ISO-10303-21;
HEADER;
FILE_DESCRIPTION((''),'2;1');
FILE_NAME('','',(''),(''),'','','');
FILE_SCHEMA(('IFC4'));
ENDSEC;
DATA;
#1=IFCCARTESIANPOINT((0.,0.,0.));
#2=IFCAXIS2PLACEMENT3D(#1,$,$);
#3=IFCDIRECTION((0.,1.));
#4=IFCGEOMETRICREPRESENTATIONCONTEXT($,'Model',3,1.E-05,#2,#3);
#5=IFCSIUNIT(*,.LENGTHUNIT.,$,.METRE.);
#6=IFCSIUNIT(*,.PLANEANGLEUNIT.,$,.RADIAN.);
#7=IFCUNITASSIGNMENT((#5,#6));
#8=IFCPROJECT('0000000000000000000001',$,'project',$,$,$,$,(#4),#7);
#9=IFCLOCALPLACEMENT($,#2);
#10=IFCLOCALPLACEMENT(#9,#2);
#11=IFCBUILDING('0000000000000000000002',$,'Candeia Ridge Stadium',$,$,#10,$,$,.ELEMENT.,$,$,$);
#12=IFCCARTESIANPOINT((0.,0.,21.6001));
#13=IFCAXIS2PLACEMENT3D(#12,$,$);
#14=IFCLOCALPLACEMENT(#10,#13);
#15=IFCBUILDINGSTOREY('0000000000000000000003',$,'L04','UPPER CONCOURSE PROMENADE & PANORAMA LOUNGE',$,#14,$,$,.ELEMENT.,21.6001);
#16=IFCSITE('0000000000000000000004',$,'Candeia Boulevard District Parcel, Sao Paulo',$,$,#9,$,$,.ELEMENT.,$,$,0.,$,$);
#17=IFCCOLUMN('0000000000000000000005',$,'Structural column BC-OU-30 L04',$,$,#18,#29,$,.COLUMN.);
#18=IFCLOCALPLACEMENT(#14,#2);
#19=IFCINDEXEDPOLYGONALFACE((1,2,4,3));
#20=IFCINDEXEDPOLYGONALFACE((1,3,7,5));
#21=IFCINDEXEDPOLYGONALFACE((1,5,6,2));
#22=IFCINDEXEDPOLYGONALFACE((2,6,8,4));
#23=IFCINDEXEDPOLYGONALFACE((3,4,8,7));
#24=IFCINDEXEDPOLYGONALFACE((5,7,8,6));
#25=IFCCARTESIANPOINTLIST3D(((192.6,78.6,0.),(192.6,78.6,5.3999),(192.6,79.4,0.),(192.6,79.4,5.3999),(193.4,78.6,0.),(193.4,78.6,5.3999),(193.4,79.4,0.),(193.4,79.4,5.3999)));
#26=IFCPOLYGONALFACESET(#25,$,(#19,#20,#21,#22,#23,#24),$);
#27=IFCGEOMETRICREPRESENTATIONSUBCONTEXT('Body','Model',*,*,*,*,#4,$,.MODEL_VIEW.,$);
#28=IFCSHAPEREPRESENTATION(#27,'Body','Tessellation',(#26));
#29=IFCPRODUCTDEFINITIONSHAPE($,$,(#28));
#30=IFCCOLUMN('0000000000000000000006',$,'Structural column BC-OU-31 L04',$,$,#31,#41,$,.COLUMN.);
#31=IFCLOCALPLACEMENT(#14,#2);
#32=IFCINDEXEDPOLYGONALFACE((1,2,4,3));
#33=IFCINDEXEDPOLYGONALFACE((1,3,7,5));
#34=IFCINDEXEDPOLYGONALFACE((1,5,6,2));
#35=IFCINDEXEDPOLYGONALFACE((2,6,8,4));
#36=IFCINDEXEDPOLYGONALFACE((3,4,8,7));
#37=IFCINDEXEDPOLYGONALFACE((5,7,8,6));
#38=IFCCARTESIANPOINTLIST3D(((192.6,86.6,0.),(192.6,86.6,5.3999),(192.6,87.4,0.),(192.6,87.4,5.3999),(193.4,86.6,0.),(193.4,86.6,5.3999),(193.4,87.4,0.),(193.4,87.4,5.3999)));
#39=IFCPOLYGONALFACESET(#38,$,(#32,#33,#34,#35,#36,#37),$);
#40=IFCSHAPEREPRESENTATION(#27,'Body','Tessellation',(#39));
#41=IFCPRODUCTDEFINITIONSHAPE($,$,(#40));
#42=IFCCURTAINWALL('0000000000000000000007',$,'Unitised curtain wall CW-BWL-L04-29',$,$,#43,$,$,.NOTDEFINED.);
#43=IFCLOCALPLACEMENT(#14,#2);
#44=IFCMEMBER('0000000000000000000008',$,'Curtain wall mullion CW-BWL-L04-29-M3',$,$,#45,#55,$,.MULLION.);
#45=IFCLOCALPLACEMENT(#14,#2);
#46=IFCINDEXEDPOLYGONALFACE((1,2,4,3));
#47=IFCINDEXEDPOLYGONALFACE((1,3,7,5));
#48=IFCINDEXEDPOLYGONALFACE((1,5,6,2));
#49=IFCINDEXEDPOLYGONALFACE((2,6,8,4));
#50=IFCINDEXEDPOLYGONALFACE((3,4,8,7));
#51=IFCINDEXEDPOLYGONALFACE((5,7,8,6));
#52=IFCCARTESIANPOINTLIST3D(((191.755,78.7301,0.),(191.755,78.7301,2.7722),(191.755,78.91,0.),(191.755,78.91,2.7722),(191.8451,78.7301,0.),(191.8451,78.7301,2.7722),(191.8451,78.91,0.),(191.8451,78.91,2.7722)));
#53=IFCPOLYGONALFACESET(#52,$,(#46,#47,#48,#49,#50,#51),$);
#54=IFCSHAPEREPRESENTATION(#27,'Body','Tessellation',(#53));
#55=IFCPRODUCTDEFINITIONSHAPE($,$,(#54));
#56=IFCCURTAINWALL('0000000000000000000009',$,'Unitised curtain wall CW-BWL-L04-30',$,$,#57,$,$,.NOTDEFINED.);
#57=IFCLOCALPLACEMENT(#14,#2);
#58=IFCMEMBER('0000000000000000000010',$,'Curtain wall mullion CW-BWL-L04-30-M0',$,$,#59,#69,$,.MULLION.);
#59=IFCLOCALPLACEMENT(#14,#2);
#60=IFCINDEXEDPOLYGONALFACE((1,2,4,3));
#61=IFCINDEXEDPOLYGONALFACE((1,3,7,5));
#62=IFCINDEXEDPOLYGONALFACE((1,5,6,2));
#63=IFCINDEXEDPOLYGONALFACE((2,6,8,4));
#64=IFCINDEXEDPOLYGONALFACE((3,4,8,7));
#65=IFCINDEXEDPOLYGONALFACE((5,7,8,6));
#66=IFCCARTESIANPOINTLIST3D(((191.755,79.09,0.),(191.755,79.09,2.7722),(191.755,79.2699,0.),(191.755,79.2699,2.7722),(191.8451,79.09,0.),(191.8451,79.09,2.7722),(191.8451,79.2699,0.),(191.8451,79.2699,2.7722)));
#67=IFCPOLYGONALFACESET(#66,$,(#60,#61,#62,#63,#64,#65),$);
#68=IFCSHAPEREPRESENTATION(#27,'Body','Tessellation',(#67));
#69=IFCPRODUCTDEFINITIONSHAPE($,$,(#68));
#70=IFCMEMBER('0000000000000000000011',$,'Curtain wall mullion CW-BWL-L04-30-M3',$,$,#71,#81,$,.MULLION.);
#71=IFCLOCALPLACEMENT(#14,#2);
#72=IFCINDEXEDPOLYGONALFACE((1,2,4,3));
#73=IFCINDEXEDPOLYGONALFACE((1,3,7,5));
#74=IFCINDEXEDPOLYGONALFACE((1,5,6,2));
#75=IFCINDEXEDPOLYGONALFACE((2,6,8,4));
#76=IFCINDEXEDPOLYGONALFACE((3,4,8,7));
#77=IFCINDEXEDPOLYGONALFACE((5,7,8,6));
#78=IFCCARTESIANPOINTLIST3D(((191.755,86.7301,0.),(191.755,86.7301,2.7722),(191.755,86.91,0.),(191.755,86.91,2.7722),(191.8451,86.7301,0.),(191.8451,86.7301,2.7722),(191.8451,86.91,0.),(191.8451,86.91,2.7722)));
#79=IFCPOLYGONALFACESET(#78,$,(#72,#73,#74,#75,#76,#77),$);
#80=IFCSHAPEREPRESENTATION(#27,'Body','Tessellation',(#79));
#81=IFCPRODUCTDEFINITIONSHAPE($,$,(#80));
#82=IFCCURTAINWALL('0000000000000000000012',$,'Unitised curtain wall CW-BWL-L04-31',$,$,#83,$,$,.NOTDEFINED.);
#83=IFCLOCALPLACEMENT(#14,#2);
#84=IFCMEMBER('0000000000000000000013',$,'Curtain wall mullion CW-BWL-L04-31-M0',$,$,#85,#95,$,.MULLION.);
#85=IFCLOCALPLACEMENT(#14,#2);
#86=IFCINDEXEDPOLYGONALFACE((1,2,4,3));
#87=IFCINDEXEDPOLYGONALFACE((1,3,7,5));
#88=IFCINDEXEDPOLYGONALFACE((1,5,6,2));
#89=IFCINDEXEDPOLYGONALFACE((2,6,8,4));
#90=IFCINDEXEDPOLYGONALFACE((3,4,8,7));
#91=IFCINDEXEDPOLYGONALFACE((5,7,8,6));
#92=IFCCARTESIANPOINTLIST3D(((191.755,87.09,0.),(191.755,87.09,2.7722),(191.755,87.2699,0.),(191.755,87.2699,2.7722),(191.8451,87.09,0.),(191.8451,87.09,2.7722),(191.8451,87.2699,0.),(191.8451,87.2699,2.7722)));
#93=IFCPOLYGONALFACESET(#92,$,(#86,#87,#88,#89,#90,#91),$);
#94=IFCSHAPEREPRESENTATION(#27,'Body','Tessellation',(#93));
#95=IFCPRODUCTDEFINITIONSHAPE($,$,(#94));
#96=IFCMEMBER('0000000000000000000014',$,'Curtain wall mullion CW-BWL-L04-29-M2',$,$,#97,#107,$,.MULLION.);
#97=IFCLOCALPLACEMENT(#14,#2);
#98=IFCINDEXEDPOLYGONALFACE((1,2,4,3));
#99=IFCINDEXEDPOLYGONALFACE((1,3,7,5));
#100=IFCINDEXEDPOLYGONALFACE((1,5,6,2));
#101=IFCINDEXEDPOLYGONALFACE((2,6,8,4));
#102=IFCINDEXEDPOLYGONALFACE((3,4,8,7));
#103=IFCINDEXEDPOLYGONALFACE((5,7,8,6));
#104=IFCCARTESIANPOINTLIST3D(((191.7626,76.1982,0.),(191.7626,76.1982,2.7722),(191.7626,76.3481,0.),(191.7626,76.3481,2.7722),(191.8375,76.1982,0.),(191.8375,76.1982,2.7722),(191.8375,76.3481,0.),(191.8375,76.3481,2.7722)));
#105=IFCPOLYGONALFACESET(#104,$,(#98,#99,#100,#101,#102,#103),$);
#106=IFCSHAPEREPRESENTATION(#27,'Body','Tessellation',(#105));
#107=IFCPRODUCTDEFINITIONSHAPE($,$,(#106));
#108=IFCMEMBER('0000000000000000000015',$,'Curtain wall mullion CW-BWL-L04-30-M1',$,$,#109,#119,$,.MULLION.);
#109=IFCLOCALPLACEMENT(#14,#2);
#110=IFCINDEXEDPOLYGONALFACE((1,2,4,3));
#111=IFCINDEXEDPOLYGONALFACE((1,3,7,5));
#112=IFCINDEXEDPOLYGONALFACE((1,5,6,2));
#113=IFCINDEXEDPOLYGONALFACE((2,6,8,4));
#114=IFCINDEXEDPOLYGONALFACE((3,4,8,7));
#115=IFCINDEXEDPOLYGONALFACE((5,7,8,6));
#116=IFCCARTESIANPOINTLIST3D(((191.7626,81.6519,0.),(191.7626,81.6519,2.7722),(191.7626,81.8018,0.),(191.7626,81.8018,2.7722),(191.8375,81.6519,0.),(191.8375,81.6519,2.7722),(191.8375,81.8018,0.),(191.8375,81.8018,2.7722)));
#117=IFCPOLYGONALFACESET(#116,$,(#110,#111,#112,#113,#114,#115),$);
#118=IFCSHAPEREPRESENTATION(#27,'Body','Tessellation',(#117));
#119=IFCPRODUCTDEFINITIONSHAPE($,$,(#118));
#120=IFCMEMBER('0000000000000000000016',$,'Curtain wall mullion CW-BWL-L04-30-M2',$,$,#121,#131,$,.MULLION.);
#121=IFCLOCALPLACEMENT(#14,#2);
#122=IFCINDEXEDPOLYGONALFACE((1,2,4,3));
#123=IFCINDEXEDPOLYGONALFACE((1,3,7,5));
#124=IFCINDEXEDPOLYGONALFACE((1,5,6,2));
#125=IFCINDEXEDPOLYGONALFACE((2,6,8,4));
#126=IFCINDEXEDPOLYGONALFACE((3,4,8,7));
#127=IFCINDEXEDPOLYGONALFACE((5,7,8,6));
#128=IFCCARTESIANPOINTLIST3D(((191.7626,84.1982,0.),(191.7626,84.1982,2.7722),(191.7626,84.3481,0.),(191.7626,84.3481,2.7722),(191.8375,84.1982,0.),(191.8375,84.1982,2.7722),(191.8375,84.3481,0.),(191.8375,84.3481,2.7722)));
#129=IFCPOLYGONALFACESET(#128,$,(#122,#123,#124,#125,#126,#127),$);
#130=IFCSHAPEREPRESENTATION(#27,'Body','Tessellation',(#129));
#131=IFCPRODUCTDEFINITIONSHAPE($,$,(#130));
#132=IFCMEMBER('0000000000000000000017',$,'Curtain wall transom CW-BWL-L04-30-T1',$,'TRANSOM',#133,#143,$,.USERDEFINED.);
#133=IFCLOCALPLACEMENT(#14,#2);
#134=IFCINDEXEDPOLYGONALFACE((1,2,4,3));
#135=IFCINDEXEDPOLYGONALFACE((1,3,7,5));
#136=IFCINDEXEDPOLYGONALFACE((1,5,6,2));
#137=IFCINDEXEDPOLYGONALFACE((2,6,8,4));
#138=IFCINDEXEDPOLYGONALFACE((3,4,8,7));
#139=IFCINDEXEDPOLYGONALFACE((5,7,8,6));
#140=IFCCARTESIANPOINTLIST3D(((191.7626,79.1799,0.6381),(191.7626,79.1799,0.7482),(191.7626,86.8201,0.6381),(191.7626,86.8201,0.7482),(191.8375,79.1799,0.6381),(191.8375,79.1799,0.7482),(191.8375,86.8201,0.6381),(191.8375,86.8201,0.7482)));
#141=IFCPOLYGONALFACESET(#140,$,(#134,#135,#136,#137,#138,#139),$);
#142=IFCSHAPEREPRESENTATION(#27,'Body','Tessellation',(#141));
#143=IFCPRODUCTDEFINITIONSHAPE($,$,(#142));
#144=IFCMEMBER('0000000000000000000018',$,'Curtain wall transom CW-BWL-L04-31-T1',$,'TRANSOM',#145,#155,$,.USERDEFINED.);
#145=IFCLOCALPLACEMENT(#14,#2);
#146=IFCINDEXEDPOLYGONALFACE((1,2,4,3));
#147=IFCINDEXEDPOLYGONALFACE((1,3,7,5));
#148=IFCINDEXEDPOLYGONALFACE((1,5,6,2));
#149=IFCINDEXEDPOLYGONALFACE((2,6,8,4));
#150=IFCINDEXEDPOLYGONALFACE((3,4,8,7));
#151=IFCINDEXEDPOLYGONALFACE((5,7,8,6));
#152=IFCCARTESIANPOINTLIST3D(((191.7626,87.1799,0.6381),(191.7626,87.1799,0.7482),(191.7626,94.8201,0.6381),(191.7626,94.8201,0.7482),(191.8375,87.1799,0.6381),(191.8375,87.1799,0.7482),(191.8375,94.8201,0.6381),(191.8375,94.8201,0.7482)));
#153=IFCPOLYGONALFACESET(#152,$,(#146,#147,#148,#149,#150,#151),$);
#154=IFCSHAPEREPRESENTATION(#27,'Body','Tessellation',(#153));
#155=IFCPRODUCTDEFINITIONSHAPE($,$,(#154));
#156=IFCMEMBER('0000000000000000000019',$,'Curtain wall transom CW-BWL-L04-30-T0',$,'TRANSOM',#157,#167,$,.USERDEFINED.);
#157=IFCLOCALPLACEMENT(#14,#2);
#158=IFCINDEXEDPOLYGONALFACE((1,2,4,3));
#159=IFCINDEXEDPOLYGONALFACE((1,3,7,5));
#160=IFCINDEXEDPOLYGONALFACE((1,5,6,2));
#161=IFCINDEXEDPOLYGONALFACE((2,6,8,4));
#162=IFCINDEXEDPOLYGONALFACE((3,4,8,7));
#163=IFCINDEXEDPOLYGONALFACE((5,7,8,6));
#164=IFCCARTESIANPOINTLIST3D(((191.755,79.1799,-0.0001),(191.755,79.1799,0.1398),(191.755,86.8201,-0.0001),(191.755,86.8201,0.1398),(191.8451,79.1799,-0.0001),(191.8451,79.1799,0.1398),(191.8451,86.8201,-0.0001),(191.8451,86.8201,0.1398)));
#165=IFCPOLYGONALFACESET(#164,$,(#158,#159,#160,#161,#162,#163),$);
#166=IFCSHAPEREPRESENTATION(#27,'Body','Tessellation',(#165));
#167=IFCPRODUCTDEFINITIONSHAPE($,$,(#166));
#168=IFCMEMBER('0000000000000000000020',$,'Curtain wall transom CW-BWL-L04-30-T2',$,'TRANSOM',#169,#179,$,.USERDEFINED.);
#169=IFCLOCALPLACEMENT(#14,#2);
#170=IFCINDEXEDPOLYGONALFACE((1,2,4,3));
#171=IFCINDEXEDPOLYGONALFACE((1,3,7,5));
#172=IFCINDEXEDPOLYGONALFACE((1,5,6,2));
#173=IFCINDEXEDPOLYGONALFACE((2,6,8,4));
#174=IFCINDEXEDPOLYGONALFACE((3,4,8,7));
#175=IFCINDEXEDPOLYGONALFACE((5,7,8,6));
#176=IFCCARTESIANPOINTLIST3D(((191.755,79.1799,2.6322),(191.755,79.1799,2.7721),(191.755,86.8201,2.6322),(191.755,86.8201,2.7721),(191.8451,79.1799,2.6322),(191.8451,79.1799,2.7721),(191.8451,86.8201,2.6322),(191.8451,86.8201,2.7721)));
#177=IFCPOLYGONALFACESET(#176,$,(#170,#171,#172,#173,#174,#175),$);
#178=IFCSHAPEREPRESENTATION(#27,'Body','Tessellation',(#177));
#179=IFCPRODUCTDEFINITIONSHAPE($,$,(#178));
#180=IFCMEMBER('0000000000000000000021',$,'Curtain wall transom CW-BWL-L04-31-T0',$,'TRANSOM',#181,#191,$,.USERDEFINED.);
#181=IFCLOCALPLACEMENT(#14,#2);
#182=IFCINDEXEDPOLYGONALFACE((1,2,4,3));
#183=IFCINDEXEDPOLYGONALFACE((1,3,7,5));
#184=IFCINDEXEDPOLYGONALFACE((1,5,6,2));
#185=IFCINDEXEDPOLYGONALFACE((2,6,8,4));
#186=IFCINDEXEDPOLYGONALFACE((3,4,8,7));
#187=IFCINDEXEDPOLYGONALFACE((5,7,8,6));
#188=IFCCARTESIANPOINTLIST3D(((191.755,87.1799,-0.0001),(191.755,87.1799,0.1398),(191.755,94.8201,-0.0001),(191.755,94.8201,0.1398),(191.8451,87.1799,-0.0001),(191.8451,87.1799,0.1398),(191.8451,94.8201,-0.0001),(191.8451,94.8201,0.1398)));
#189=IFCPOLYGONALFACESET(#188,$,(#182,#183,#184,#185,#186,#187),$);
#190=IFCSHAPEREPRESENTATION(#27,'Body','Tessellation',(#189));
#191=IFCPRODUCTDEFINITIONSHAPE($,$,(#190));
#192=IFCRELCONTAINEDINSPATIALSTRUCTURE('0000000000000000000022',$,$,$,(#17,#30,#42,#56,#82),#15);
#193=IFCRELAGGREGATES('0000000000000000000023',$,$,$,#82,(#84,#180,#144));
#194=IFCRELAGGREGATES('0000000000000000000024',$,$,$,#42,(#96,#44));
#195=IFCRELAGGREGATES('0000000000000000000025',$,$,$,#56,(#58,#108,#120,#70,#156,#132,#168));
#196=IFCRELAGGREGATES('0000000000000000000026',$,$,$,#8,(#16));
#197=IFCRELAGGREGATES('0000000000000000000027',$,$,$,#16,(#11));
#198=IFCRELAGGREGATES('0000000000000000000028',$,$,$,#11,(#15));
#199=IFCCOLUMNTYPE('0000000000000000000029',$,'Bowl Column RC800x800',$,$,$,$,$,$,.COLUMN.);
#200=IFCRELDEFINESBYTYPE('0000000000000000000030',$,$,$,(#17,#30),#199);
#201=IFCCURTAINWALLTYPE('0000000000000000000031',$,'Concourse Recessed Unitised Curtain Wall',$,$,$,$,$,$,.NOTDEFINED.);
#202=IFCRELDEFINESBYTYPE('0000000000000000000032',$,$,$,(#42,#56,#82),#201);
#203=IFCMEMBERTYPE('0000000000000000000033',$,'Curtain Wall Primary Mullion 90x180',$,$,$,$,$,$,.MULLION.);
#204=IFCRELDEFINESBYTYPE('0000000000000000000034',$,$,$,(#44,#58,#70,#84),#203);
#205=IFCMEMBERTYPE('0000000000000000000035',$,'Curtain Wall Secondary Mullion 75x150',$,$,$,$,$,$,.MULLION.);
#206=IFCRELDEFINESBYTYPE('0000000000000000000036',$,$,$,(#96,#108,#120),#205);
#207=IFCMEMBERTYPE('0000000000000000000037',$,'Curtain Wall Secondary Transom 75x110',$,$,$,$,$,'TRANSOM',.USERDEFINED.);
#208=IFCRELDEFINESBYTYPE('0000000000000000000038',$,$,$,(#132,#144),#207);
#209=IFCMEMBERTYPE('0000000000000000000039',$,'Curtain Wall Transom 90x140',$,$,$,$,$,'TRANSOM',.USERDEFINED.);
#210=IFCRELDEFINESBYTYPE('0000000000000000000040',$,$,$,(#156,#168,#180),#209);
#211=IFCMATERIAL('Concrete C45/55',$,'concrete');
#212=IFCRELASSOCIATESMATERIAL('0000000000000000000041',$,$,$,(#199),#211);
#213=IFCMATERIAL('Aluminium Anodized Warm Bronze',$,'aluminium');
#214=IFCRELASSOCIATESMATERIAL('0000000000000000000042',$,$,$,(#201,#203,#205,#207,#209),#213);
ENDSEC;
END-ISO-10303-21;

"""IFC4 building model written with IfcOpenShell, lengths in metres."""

from ifc_helpers import new_model, si_unit, direction, frame, origin, origin_2d, place, context, subcontext, project, spatial, rectangle, extrude, material, material_profile, profile_set, type_object, element, aggregate, save


model = new_model("IFC4")

# Units and contexts
model_context = context("Model", 3, precision=1e-05, world=origin(), true_north=direction((0.0, 1.0)))
body_context = subcontext(model_context, "Body", "Model", "MODEL_VIEW")
ifc_project = project(units=[si_unit("LENGTHUNIT", "METRE"), si_unit("PLANEANGLEUNIT", "RADIAN")], contexts=[model_context])

# Site, building, storey
site_placement = place(None, origin())
site = spatial("IfcSite", under=ifc_project, at=site_placement, Name="Candeia Boulevard District Parcel, Sao Paulo", CompositionType="ELEMENT", RefElevation=0.0)
building_placement = place(site_placement, origin())
building = spatial("IfcBuilding", under=site, at=building_placement, Name="Candeia Ridge Stadium", CompositionType="ELEMENT")
storey_placement = place(building_placement, frame((0.0, 0.0, 21.6001)))
storey = spatial("IfcBuildingStorey", under=building, at=storey_placement, Name="L04", Description="UPPER CONCOURSE PROMENADE & PANORAMA LOUNGE", CompositionType="ELEMENT", Elevation=21.6001)

# Columns
ifc_material_1 = material(Name="Concrete C45/55", Category="concrete")
ifc_material_profile_1 = material_profile(ifc_material_1, rectangle(XDim=0.8, YDim=0.8, at=origin_2d()), Name="RC800x800", Category="concrete")
ifc_profile_set_1 = profile_set([ifc_material_profile_1], Name="Concrete C45/55")
column_type = type_object("IfcColumnType", Name="Bowl Column RC800x800", PredefinedType="COLUMN", material=ifc_profile_set_1)
for number, where, z_axis, x_axis, name in (
    (1, (193.0, 79.0, 0.0), (0.0, 0.0, 1.0), (1.0, 0.0, 0.0), "Structural column BC-OU-30 L04"),
    (2, (193.0, 87.0, 0.0), (0.0, 0.0, 1.0), (1.0, 0.0, 0.0), "Structural column BC-OU-31 L04"),
):
    element("IfcColumn", number, at=place(storey_placement, frame(where, z_axis=z_axis, x_axis=x_axis)), inside=storey, type_object=column_type, Name=name, PredefinedType="COLUMN", context=body_context, shape_type="SweptSolid", body=[
        extrude(rectangle(XDim=0.8, YDim=0.8, at=origin_2d()), origin(), (0.0, 0.0, 1.0), 5.3999),
    ])

# Curtain wall, member
ifc_material_2 = material(Name="Aluminium Anodized Warm Bronze", Category="aluminium")
curtain_wall_type = type_object("IfcCurtainWallType", Name="Concourse Recessed Unitised Curtain Wall", PredefinedType="NOTDEFINED", material=ifc_material_2)
curtain_wall_1_placement = place(storey_placement, origin())
curtain_wall_1 = element("IfcCurtainWall", 3, at=curtain_wall_1_placement, inside=storey, type_object=curtain_wall_type, Name="Unitised curtain wall CW-BWL-L04-29", PredefinedType="NOTDEFINED")
ifc_material_profile_2 = material_profile(ifc_material_2, rectangle(XDim=0.0901, YDim=0.1799, at=origin_2d()), Name="CWM-90x180", Category="aluminium")
ifc_profile_set_2 = profile_set([ifc_material_profile_2], Name="Aluminium Anodized Warm Bronze")
member_type_1 = type_object("IfcMemberType", Name="Curtain Wall Primary Mullion 90x180", PredefinedType="MULLION", material=ifc_profile_set_2)
member_1_placement = place(storey_placement, frame((191.8, 78.8201, 0.0), z_axis=(0.0, 0.0, 1.0), x_axis=(1.0, 0.0, 0.0)))
member_1 = element("IfcMember", 4, at=member_1_placement, type_object=member_type_1, Name="Curtain wall mullion CW-BWL-L04-29-M3", PredefinedType="MULLION", context=body_context, shape_type="SweptSolid", body=[
    extrude(rectangle(XDim=0.0901, YDim=0.1799, at=origin_2d()), origin(), (0.0, 0.0, 1.0), 2.7722),
])

# Curtain wall, members
curtain_wall_2_placement = place(storey_placement, origin())
curtain_wall_2 = element("IfcCurtainWall", 5, at=curtain_wall_2_placement, inside=storey, type_object=curtain_wall_type, Name="Unitised curtain wall CW-BWL-L04-30", PredefinedType="NOTDEFINED")
member_2_placement = place(storey_placement, frame((191.8, 79.1799, 0.0), z_axis=(0.0, 0.0, 1.0), x_axis=(1.0, 0.0, 0.0)))
member_2 = element("IfcMember", 6, at=member_2_placement, type_object=member_type_1, Name="Curtain wall mullion CW-BWL-L04-30-M0", PredefinedType="MULLION", context=body_context, shape_type="SweptSolid", body=[
    extrude(rectangle(XDim=0.0901, YDim=0.1799, at=origin_2d()), origin(), (0.0, 0.0, 1.0), 2.7722),
])
member_3_placement = place(storey_placement, frame((191.8, 86.8201, 0.0), z_axis=(0.0, 0.0, 1.0), x_axis=(1.0, 0.0, 0.0)))
member_3 = element("IfcMember", 7, at=member_3_placement, type_object=member_type_1, Name="Curtain wall mullion CW-BWL-L04-30-M3", PredefinedType="MULLION", context=body_context, shape_type="SweptSolid", body=[
    extrude(rectangle(XDim=0.0901, YDim=0.1799, at=origin_2d()), origin(), (0.0, 0.0, 1.0), 2.7722),
])

# Curtain wall, member
curtain_wall_3_placement = place(storey_placement, origin())
curtain_wall_3 = element("IfcCurtainWall", 8, at=curtain_wall_3_placement, inside=storey, type_object=curtain_wall_type, Name="Unitised curtain wall CW-BWL-L04-31", PredefinedType="NOTDEFINED")
member_4_placement = place(storey_placement, frame((191.8, 87.1799, 0.0), z_axis=(0.0, 0.0, 1.0), x_axis=(1.0, 0.0, 0.0)))
member_4 = element("IfcMember", 9, at=member_4_placement, type_object=member_type_1, Name="Curtain wall mullion CW-BWL-L04-31-M0", PredefinedType="MULLION", context=body_context, shape_type="SweptSolid", body=[
    extrude(rectangle(XDim=0.0901, YDim=0.1799, at=origin_2d()), origin(), (0.0, 0.0, 1.0), 2.7722),
])

# Members
ifc_material_profile_3 = material_profile(ifc_material_2, rectangle(XDim=0.075, YDim=0.1499, at=origin_2d()), Name="CWM-75x150", Category="aluminium")
ifc_profile_set_3 = profile_set([ifc_material_profile_3], Name="Aluminium Anodized Warm Bronze")
member_type_2 = type_object("IfcMemberType", Name="Curtain Wall Secondary Mullion 75x150", PredefinedType="MULLION", material=ifc_profile_set_3)
member_5_placement = place(storey_placement, frame((191.8, 76.2732, 0.0), z_axis=(0.0, 0.0, 1.0), x_axis=(1.0, 0.0, 0.0)))
member_5 = element("IfcMember", 10, at=member_5_placement, type_object=member_type_2, Name="Curtain wall mullion CW-BWL-L04-29-M2", PredefinedType="MULLION", context=body_context, shape_type="SweptSolid", body=[
    extrude(rectangle(XDim=0.075, YDim=0.1499, at=origin_2d()), origin(), (0.0, 0.0, 1.0), 2.7722),
])
member_6_placement = place(storey_placement, frame((191.8, 81.7268, 0.0), z_axis=(0.0, 0.0, 1.0), x_axis=(1.0, 0.0, 0.0)))
member_6 = element("IfcMember", 11, at=member_6_placement, type_object=member_type_2, Name="Curtain wall mullion CW-BWL-L04-30-M1", PredefinedType="MULLION", context=body_context, shape_type="SweptSolid", body=[
    extrude(rectangle(XDim=0.075, YDim=0.1499, at=origin_2d()), origin(), (0.0, 0.0, 1.0), 2.7722),
])
member_7_placement = place(storey_placement, frame((191.8, 84.2732, 0.0), z_axis=(0.0, 0.0, 1.0), x_axis=(1.0, 0.0, 0.0)))
member_7 = element("IfcMember", 12, at=member_7_placement, type_object=member_type_2, Name="Curtain wall mullion CW-BWL-L04-30-M2", PredefinedType="MULLION", context=body_context, shape_type="SweptSolid", body=[
    extrude(rectangle(XDim=0.075, YDim=0.1499, at=origin_2d()), origin(), (0.0, 0.0, 1.0), 2.7722),
])
ifc_material_profile_4 = material_profile(ifc_material_2, rectangle(XDim=0.075, YDim=0.1101, at=origin_2d()), Name="CWT-75x110", Category="aluminium")
ifc_profile_set_4 = profile_set([ifc_material_profile_4], Name="Aluminium Anodized Warm Bronze")
member_type_3 = type_object("IfcMemberType", Name="Curtain Wall Secondary Transom 75x110", ElementType="TRANSOM", PredefinedType="USERDEFINED", material=ifc_profile_set_4)
member_8_placement = place(storey_placement, frame((191.8, 79.1799, 0.6931), z_axis=(0.0, 1.0, 0.0), x_axis=(-1.0, 0.0, 0.0)))
member_8 = element("IfcMember", 13, at=member_8_placement, type_object=member_type_3, Name="Curtain wall transom CW-BWL-L04-30-T1", ObjectType="TRANSOM", PredefinedType="USERDEFINED", context=body_context, shape_type="SweptSolid", body=[
    extrude(rectangle(XDim=0.075, YDim=0.1101, at=origin_2d()), origin(), (0.0, 0.0, 1.0), 7.6401),
])
member_9_placement = place(storey_placement, frame((191.8, 87.1799, 0.6931), z_axis=(0.0, 1.0, 0.0), x_axis=(-1.0, 0.0, 0.0)))
member_9 = element("IfcMember", 14, at=member_9_placement, type_object=member_type_3, Name="Curtain wall transom CW-BWL-L04-31-T1", ObjectType="TRANSOM", PredefinedType="USERDEFINED", context=body_context, shape_type="SweptSolid", body=[
    extrude(rectangle(XDim=0.075, YDim=0.1101, at=origin_2d()), origin(), (0.0, 0.0, 1.0), 7.6401),
])
ifc_material_profile_5 = material_profile(ifc_material_2, rectangle(XDim=0.0901, YDim=0.1399, at=origin_2d()), Name="CWT-90x140", Category="aluminium")
ifc_profile_set_5 = profile_set([ifc_material_profile_5], Name="Aluminium Anodized Warm Bronze")
member_type_4 = type_object("IfcMemberType", Name="Curtain Wall Transom 90x140", ElementType="TRANSOM", PredefinedType="USERDEFINED", material=ifc_profile_set_5)
member_10_placement = place(storey_placement, frame((191.8, 79.1799, 0.0698), z_axis=(0.0, 1.0, 0.0), x_axis=(-1.0, 0.0, 0.0)))
member_10 = element("IfcMember", 15, at=member_10_placement, type_object=member_type_4, Name="Curtain wall transom CW-BWL-L04-30-T0", ObjectType="TRANSOM", PredefinedType="USERDEFINED", context=body_context, shape_type="SweptSolid", body=[
    extrude(rectangle(XDim=0.0901, YDim=0.1399, at=origin_2d()), origin(), (0.0, 0.0, 1.0), 7.6401),
])
member_11_placement = place(storey_placement, frame((191.8, 79.1799, 2.7021), z_axis=(0.0, 1.0, 0.0), x_axis=(-1.0, 0.0, 0.0)))
member_11 = element("IfcMember", 16, at=member_11_placement, type_object=member_type_4, Name="Curtain wall transom CW-BWL-L04-30-T2", ObjectType="TRANSOM", PredefinedType="USERDEFINED", context=body_context, shape_type="SweptSolid", body=[
    extrude(rectangle(XDim=0.0901, YDim=0.1399, at=origin_2d()), origin(), (0.0, 0.0, 1.0), 7.6401),
])
member_12_placement = place(storey_placement, frame((191.8, 87.1799, 0.0698), z_axis=(0.0, 1.0, 0.0), x_axis=(-1.0, 0.0, 0.0)))
member_12 = element("IfcMember", 17, at=member_12_placement, type_object=member_type_4, Name="Curtain wall transom CW-BWL-L04-31-T0", ObjectType="TRANSOM", PredefinedType="USERDEFINED", context=body_context, shape_type="SweptSolid", body=[
    extrude(rectangle(XDim=0.0901, YDim=0.1399, at=origin_2d()), origin(), (0.0, 0.0, 1.0), 7.6401),
])
aggregate(curtain_wall_3, [member_4, member_12, member_9])

aggregate(curtain_wall_1, [member_5, member_1])
aggregate(curtain_wall_2, [member_2, member_6, member_7, member_3, member_10, member_8, member_11])

save(model, "model.ifc")
